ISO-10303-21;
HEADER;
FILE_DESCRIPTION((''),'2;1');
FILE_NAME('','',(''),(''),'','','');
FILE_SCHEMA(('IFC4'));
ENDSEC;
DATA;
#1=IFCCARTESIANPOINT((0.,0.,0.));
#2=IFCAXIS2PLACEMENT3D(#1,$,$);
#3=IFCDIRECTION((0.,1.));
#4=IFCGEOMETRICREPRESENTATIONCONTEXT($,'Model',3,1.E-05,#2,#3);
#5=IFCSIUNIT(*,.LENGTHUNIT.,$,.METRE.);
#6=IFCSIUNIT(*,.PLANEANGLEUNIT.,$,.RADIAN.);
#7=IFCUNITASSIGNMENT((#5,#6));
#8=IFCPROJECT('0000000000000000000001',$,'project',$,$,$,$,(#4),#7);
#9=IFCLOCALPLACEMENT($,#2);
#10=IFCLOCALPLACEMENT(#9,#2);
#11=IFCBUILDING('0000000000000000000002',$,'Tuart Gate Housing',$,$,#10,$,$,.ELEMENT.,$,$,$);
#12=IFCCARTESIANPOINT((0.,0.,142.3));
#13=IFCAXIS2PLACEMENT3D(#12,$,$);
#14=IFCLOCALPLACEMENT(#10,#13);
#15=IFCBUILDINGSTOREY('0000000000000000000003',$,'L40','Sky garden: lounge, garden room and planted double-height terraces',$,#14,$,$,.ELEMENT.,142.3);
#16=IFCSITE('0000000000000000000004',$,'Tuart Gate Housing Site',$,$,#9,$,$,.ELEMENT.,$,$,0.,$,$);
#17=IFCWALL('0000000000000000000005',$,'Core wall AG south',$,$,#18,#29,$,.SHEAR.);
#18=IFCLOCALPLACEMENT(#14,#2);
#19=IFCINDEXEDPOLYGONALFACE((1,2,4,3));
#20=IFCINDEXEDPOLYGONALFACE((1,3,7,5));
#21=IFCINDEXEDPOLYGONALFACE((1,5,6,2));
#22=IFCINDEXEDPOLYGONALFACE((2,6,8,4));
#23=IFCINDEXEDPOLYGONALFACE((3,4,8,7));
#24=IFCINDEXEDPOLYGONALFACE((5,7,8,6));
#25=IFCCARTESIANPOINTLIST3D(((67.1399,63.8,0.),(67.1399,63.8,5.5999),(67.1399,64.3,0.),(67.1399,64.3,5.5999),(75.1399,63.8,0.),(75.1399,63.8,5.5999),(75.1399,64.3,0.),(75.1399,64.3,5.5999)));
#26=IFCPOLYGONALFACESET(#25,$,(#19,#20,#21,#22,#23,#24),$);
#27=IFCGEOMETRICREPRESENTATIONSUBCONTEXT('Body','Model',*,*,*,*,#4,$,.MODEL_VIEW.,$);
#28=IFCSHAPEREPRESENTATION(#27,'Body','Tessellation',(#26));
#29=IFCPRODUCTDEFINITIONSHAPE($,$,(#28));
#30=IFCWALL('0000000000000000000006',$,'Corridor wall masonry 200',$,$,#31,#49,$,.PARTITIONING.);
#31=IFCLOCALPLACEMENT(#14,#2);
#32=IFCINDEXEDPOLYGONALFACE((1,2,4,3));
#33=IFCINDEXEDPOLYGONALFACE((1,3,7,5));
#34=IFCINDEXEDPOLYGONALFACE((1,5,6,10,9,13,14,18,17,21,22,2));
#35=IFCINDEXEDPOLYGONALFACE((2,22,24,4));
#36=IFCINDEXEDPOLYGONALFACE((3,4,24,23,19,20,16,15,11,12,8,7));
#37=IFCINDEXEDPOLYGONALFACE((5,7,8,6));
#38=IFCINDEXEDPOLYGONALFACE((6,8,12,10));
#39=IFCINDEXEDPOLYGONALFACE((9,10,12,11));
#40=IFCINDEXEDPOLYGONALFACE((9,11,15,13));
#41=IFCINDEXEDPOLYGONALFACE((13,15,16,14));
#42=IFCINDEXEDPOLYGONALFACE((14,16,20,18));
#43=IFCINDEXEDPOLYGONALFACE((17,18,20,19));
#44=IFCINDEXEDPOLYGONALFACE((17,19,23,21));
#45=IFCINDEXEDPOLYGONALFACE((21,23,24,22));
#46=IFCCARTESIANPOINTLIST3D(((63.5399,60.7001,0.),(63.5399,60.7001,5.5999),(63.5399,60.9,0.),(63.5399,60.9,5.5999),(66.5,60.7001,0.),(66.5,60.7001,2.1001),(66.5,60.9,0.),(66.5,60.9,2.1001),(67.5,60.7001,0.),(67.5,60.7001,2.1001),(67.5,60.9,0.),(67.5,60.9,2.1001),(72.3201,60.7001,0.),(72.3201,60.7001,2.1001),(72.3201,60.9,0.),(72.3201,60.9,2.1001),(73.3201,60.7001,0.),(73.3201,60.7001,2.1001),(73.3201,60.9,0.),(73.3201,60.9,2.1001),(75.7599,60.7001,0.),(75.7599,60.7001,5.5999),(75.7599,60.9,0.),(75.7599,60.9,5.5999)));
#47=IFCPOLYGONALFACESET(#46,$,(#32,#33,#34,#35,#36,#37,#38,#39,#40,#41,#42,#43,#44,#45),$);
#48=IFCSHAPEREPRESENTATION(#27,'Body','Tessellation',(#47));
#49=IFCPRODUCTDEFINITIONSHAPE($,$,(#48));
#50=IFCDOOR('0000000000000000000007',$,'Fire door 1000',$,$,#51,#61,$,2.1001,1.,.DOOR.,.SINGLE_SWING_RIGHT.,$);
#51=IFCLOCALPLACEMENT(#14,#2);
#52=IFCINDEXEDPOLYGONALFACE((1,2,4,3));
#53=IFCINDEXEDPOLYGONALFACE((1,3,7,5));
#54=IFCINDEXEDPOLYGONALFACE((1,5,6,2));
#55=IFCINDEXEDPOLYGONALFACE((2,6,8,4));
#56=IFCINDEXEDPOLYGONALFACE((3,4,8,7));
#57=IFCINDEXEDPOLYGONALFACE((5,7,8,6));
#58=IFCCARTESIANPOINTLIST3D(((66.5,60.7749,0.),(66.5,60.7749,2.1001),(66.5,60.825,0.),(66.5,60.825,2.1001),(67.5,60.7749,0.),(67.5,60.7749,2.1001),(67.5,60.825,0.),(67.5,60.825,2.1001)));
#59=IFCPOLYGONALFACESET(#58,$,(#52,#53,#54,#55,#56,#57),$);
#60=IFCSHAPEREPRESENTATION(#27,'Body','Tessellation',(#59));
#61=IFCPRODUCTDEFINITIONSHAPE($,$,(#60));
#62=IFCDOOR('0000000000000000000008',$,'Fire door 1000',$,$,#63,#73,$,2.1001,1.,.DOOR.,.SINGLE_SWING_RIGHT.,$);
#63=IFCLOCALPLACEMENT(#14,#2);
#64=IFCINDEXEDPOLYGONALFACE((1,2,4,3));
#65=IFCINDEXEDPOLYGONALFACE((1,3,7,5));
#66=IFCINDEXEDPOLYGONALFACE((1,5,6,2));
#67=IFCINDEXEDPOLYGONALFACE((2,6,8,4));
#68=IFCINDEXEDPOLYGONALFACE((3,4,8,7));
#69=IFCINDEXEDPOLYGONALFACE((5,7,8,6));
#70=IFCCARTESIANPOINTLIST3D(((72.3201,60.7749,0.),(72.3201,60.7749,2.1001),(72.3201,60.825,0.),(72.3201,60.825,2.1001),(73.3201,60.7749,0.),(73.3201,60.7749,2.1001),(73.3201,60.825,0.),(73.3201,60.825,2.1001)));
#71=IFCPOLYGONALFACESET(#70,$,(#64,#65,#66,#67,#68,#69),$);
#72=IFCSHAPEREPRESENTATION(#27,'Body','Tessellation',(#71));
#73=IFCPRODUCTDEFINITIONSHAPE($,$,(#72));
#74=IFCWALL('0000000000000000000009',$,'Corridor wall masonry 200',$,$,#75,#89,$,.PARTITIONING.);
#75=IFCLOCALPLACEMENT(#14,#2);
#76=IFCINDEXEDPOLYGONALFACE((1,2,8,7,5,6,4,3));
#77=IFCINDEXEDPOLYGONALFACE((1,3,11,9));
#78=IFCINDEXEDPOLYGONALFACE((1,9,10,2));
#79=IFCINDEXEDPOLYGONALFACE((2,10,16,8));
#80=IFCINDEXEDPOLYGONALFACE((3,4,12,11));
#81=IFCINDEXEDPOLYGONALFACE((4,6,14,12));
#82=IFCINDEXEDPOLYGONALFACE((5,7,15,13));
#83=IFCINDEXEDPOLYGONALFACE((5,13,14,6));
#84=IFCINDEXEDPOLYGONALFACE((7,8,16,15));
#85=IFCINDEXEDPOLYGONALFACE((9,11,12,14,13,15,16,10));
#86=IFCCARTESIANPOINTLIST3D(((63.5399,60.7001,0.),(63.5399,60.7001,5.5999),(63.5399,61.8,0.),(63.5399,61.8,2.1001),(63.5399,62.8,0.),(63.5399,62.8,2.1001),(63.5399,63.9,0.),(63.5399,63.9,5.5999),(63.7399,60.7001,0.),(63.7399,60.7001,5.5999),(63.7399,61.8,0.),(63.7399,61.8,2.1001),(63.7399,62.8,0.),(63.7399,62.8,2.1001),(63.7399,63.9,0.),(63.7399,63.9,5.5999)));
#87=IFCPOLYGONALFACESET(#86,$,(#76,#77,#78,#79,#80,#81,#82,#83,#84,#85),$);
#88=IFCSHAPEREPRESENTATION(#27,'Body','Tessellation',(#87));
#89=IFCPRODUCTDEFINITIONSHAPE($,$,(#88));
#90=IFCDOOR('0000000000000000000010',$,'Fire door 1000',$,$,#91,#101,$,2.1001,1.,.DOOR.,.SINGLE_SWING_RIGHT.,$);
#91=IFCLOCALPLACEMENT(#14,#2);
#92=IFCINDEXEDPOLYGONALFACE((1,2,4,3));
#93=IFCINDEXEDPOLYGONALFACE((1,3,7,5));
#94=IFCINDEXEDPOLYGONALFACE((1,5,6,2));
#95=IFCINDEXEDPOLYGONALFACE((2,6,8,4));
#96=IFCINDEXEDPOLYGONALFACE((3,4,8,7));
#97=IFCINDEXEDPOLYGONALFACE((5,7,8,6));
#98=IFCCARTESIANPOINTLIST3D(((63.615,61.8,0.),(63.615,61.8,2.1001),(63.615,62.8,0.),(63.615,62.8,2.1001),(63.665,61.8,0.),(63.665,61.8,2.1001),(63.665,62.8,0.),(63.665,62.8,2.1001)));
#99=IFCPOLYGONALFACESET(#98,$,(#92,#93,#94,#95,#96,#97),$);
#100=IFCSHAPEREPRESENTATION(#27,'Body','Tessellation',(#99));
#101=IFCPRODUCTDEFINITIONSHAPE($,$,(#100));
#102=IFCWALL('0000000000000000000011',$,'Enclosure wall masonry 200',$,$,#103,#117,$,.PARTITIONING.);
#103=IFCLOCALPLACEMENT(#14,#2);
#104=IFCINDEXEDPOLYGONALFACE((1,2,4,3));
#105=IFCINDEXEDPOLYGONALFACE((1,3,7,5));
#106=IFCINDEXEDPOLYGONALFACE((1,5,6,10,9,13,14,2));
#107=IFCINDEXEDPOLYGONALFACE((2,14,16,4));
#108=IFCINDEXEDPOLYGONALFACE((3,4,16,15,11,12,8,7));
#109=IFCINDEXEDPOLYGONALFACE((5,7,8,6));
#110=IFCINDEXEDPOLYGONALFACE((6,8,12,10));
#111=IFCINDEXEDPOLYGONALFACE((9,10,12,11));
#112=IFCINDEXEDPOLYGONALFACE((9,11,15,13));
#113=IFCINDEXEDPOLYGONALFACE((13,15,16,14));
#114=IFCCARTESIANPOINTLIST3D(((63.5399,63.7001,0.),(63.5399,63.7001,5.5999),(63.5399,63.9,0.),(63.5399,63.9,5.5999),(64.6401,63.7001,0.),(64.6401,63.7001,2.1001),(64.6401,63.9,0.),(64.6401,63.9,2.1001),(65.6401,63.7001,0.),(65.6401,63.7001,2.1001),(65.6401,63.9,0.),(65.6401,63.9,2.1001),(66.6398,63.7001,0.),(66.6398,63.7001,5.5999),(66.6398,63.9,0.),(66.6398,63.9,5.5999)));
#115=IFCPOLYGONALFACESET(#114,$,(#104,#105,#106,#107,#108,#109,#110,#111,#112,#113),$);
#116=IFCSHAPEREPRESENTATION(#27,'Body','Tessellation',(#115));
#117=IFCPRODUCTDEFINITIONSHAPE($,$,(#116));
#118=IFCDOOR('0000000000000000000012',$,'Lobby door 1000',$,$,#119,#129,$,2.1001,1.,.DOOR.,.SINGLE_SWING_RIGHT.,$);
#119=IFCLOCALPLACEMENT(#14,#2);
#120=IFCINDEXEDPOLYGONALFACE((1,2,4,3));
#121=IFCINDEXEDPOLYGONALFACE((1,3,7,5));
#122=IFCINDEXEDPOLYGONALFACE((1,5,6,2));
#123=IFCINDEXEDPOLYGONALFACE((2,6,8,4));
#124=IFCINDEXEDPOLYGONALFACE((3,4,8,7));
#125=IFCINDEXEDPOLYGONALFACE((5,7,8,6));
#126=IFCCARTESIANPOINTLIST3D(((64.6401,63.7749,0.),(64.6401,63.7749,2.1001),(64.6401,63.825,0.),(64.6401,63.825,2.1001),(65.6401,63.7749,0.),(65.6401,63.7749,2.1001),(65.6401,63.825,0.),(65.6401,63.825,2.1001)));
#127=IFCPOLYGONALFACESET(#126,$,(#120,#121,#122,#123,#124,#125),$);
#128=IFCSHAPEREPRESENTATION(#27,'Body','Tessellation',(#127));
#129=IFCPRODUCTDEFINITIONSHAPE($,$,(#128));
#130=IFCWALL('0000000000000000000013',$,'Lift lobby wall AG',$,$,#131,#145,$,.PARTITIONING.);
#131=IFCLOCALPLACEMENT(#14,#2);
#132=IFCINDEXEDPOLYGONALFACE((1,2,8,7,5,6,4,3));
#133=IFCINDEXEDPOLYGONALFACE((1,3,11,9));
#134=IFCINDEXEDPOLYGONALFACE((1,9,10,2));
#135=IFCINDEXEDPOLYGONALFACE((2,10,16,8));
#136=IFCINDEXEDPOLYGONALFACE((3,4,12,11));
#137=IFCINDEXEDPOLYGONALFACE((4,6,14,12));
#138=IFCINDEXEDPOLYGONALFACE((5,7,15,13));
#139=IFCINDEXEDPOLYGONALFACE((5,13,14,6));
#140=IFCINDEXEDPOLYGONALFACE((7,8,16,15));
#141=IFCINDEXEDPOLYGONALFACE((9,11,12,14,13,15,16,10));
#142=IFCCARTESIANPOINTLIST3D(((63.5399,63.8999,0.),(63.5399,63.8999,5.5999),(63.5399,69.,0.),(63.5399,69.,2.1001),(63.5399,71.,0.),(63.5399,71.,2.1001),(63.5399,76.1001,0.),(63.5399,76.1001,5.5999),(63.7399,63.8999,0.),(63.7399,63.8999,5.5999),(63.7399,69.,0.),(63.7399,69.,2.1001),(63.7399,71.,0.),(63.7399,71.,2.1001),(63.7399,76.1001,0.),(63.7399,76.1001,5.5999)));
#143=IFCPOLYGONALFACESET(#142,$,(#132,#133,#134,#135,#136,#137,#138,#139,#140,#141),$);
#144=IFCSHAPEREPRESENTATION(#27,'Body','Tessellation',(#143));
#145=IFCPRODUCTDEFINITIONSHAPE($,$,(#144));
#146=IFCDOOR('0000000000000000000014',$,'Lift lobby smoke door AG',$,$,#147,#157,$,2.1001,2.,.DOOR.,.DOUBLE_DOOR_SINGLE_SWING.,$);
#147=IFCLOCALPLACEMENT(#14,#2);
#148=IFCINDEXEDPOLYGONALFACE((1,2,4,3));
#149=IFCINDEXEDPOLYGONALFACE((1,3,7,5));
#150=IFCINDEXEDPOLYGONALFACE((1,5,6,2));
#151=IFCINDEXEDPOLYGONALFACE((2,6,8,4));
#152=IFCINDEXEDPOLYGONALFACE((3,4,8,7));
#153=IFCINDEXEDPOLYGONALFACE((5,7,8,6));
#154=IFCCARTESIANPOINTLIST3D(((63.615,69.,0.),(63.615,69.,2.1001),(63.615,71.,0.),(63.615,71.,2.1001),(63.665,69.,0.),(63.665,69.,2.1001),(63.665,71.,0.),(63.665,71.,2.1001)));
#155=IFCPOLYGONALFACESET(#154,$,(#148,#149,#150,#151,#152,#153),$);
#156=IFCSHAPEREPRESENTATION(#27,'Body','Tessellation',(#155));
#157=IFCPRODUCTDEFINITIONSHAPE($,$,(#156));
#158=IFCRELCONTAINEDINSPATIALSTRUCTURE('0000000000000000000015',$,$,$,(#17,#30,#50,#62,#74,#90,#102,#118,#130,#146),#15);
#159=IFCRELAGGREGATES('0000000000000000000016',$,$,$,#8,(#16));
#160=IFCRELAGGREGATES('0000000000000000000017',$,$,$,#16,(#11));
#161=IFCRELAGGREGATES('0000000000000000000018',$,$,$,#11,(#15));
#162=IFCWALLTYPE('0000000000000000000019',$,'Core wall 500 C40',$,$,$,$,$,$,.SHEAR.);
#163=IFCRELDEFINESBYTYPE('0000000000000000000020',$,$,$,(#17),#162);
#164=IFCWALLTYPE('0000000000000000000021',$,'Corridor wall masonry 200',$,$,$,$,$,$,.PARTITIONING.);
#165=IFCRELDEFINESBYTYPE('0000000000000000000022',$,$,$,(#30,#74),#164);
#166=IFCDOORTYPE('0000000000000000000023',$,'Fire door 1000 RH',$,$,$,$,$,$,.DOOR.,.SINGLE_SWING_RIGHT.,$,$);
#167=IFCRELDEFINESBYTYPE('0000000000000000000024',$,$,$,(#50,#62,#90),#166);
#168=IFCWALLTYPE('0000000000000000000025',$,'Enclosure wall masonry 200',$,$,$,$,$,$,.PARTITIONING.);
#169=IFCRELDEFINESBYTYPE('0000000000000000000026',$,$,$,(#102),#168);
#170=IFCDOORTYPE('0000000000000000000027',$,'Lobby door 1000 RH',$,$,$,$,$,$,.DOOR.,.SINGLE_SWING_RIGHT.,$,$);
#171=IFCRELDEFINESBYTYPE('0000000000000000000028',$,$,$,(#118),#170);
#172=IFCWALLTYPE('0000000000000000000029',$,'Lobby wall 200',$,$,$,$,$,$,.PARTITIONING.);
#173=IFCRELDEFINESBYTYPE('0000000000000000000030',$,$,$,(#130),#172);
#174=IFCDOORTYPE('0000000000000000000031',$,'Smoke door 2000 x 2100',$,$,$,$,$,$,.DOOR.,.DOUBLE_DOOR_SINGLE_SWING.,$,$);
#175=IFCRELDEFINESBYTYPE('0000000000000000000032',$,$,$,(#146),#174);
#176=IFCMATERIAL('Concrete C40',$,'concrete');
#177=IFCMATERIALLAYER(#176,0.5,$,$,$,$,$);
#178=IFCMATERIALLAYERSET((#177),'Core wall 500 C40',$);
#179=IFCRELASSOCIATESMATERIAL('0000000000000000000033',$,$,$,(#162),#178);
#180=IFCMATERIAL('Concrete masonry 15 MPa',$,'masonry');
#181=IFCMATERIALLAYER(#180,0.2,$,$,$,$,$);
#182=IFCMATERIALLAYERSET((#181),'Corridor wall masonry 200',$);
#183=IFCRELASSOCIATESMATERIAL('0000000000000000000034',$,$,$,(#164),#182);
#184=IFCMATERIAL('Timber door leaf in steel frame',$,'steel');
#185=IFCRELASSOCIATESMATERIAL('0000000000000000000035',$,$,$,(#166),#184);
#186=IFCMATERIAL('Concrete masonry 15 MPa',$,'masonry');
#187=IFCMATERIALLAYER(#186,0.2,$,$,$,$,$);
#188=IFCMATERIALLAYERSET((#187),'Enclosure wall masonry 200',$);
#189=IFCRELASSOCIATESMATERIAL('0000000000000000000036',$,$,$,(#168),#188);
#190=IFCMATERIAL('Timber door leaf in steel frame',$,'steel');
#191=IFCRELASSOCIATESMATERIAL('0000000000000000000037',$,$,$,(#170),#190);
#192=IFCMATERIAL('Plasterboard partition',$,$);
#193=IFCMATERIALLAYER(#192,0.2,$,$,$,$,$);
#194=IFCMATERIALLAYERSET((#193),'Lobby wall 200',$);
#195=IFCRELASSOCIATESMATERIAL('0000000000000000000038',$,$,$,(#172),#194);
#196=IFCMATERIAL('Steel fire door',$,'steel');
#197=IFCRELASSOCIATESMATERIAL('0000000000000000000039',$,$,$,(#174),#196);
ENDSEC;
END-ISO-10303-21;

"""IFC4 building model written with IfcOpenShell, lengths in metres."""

from ifc_helpers import new_model, si_unit, direction, frame, frame_2d, origin, place, context, subcontext, project, spatial, rectangle, extrude, material, layer, layer_set, type_object, element, fill, save


model = new_model("IFC4")

# Units and contexts
model_context = context("Model", 3, precision=1e-05, world=origin(), true_north=direction((0.0, 1.0)))
body_context = subcontext(model_context, "Body", "Model", "MODEL_VIEW")
ifc_project = project(units=[si_unit("LENGTHUNIT", "METRE"), si_unit("PLANEANGLEUNIT", "RADIAN")], contexts=[model_context])

# Site, building, storey
site_placement = place(None, origin())
site = spatial("IfcSite", under=ifc_project, at=site_placement, Name="Tuart Gate Housing Site", CompositionType="ELEMENT", RefElevation=0.0)
building_placement = place(site_placement, origin())
building = spatial("IfcBuilding", under=site, at=building_placement, Name="Tuart Gate Housing", CompositionType="ELEMENT")
storey_placement = place(building_placement, frame((0.0, 0.0, 142.3)))
storey = spatial("IfcBuildingStorey", under=building, at=storey_placement, Name="L40", Description="Sky garden: lounge, garden room and planted double-height terraces", CompositionType="ELEMENT", Elevation=142.3)

# Shared definitions
ifc_material_1 = material(Name="Concrete C40", Category="concrete")
ifc_layer_1 = layer(ifc_material_1, 0.5)
ifc_layer_set_1 = layer_set([ifc_layer_1], Name="Core wall 500 C40")
wall_type_1 = type_object("IfcWallType", Name="Core wall 500 C40", PredefinedType="SHEAR", material=ifc_layer_set_1)

# Wall
wall_1_placement = place(storey_placement, frame((67.1399, 64.05, 0.0), z_axis=(0.0, 0.0, 1.0), x_axis=(1.0, 0.0, 0.0)))
element("IfcWall", 1, at=wall_1_placement, inside=storey, type_object=wall_type_1, Name="Core wall AG south", PredefinedType="SHEAR", context=body_context, shape_type="SweptSolid", body=[
    extrude(rectangle(XDim=8.0, YDim=0.5, at=frame_2d((4.0, 0.0))), origin(), (0.0, 0.0, 1.0), 5.5999),
])

# Wall, openings, doors
ifc_material_2 = material(Name="Concrete masonry 15 MPa", Category="masonry")
ifc_layer_2 = layer(ifc_material_2, 0.2)
ifc_layer_set_2 = layer_set([ifc_layer_2], Name="Corridor wall masonry 200")
wall_type_2 = type_object("IfcWallType", Name="Corridor wall masonry 200", PredefinedType="PARTITIONING", material=ifc_layer_set_2)
wall_2_placement = place(storey_placement, frame((63.54, 60.8, 0.0), z_axis=(0.0, 0.0, 1.0), x_axis=(1.0, 0.0, 0.0)))
wall_2 = element("IfcWall", 2, at=wall_2_placement, inside=storey, type_object=wall_type_2, Name="Corridor wall masonry 200", PredefinedType="PARTITIONING", context=body_context, shape_type="SweptSolid", body=[
    extrude(rectangle(XDim=12.22, YDim=0.2, at=frame_2d((6.1099, 0.0))), origin(), (0.0, 0.0, 1.0), 5.5999),
])
opening_1_placement = place(wall_2_placement, frame((2.96, 0.0, 0.0)))
opening_1 = element("IfcOpeningElement", 3, at=opening_1_placement, cuts=wall_2, PredefinedType="OPENING", context=body_context, shape_type="SweptSolid", body=[
    extrude(rectangle(XDim=1.0, YDim=2.1001, at=frame_2d((0.5, 1.05))), frame((0.0, 0.1099, 0.0), z_axis=(0.0, -1.0, 0.0), x_axis=(1.0, 0.0, 0.0)), (0.0, 0.0, 1.0), 0.22),
])
opening_2_placement = place(wall_2_placement, frame((8.78, 0.0, 0.0)))
opening_2 = element("IfcOpeningElement", 4, at=opening_2_placement, cuts=wall_2, PredefinedType="OPENING", context=body_context, shape_type="SweptSolid", body=[
    extrude(rectangle(XDim=1.0, YDim=2.1001, at=frame_2d((0.5, 1.05))), frame((0.0, 0.1099, 0.0), z_axis=(0.0, -1.0, 0.0), x_axis=(1.0, 0.0, 0.0)), (0.0, 0.0, 1.0), 0.22),
])
ifc_material_3 = material(Name="Timber door leaf in steel frame", Category="steel")
door_type_1 = type_object("IfcDoorType", Name="Fire door 1000 RH", OperationType="SINGLE_SWING_RIGHT", PredefinedType="DOOR", material=ifc_material_3)
door_1_placement = place(opening_1_placement, frame((1.0, 0.0, 0.0), z_axis=(0.0, 0.0, 1.0), x_axis=(-1.0, 0.0, 0.0)))
door_1 = element("IfcDoor", 5, at=door_1_placement, inside=storey, type_object=door_type_1, Name="Fire door 1000", OperationType="SINGLE_SWING_RIGHT", OverallHeight=2.1001, OverallWidth=1.0, PredefinedType="DOOR", context=body_context, shape_type="SweptSolid", body=[
    extrude(rectangle(XDim=1.0, YDim=2.1001, at=frame_2d((0.5, 1.05))), frame((0.0, 0.0251, 0.0), z_axis=(0.0, -1.0, 0.0), x_axis=(1.0, 0.0, 0.0)), (0.0, 0.0, 1.0), 0.05),
])
fill(opening_1, door_1)
door_2_placement = place(opening_2_placement, frame((1.0, 0.0, 0.0), z_axis=(0.0, 0.0, 1.0), x_axis=(-1.0, 0.0, 0.0)))
door_2 = element("IfcDoor", 6, at=door_2_placement, inside=storey, type_object=door_type_1, Name="Fire door 1000", OperationType="SINGLE_SWING_RIGHT", OverallHeight=2.1001, OverallWidth=1.0, PredefinedType="DOOR", context=body_context, shape_type="SweptSolid", body=[
    extrude(rectangle(XDim=1.0, YDim=2.1001, at=frame_2d((0.5, 1.05))), frame((0.0, 0.0251, 0.0), z_axis=(0.0, -1.0, 0.0), x_axis=(1.0, 0.0, 0.0)), (0.0, 0.0, 1.0), 0.05),
])
fill(opening_2, door_2)

# Walls, openings, doors
wall_3_placement = place(storey_placement, frame((63.6399, 60.7, 0.0), z_axis=(0.0, 0.0, 1.0), x_axis=(0.0, 1.0, 0.0)))
wall_3 = element("IfcWall", 7, at=wall_3_placement, inside=storey, type_object=wall_type_2, Name="Corridor wall masonry 200", PredefinedType="PARTITIONING", context=body_context, shape_type="SweptSolid", body=[
    extrude(rectangle(XDim=3.2, YDim=0.2, at=frame_2d((1.6001, 0.0))), origin(), (0.0, 0.0, 1.0), 5.5999),
])
opening_3_placement = place(wall_3_placement, frame((1.1001, 0.0, 0.0)))
opening_3 = element("IfcOpeningElement", 8, at=opening_3_placement, cuts=wall_3, PredefinedType="OPENING", context=body_context, shape_type="SweptSolid", body=[
    extrude(rectangle(XDim=1.0, YDim=2.1001, at=frame_2d((0.5, 1.05))), frame((0.0, 0.1099, 0.0), z_axis=(0.0, -1.0, 0.0), x_axis=(1.0, 0.0, 0.0)), (0.0, 0.0, 1.0), 0.22),
])
door_3_placement = place(opening_3_placement, origin())
door_3 = element("IfcDoor", 9, at=door_3_placement, inside=storey, type_object=door_type_1, Name="Fire door 1000", OperationType="SINGLE_SWING_RIGHT", OverallHeight=2.1001, OverallWidth=1.0, PredefinedType="DOOR", context=body_context, shape_type="SweptSolid", body=[
    extrude(rectangle(XDim=1.0, YDim=2.1001, at=frame_2d((0.5, 1.05))), frame((0.0, 0.0249, 0.0), z_axis=(0.0, -1.0, 0.0), x_axis=(1.0, 0.0, 0.0)), (0.0, 0.0, 1.0), 0.05),
])
fill(opening_3, door_3)
ifc_material_4 = material(Name="Concrete masonry 15 MPa", Category="masonry")
ifc_layer_3 = layer(ifc_material_4, 0.2)
ifc_layer_set_3 = layer_set([ifc_layer_3], Name="Enclosure wall masonry 200")
wall_type_3 = type_object("IfcWallType", Name="Enclosure wall masonry 200", PredefinedType="PARTITIONING", material=ifc_layer_set_3)
wall_4_placement = place(storey_placement, frame((63.54, 63.8, 0.0), z_axis=(0.0, 0.0, 1.0), x_axis=(1.0, 0.0, 0.0)))
wall_4 = element("IfcWall", 10, at=wall_4_placement, inside=storey, type_object=wall_type_3, Name="Enclosure wall masonry 200", PredefinedType="PARTITIONING", context=body_context, shape_type="SweptSolid", body=[
    extrude(rectangle(XDim=3.0999, YDim=0.2, at=frame_2d((1.5498, 0.0))), origin(), (0.0, 0.0, 1.0), 5.5999),
])
opening_4_placement = place(wall_4_placement, frame((1.1001, 0.0, 0.0)))
opening_4 = element("IfcOpeningElement", 11, at=opening_4_placement, cuts=wall_4, PredefinedType="OPENING", context=body_context, shape_type="SweptSolid", body=[
    extrude(rectangle(XDim=1.0, YDim=2.1001, at=frame_2d((0.5, 1.05))), frame((0.0, 0.1099, 0.0), z_axis=(0.0, -1.0, 0.0), x_axis=(1.0, 0.0, 0.0)), (0.0, 0.0, 1.0), 0.22),
])
ifc_material_5 = material(Name="Timber door leaf in steel frame", Category="steel")
door_type_2 = type_object("IfcDoorType", Name="Lobby door 1000 RH", OperationType="SINGLE_SWING_RIGHT", PredefinedType="DOOR", material=ifc_material_5)
door_4_placement = place(opening_4_placement, frame((1.0, 0.0, 0.0), z_axis=(0.0, 0.0, 1.0), x_axis=(-1.0, 0.0, 0.0)))
door_4 = element("IfcDoor", 12, at=door_4_placement, inside=storey, type_object=door_type_2, Name="Lobby door 1000", OperationType="SINGLE_SWING_RIGHT", OverallHeight=2.1001, OverallWidth=1.0, PredefinedType="DOOR", context=body_context, shape_type="SweptSolid", body=[
    extrude(rectangle(XDim=1.0, YDim=2.1001, at=frame_2d((0.5, 1.05))), frame((0.0, 0.0251, 0.0), z_axis=(0.0, -1.0, 0.0), x_axis=(1.0, 0.0, 0.0)), (0.0, 0.0, 1.0), 0.05),
])
fill(opening_4, door_4)
ifc_material_6 = material(Name="Plasterboard partition")
ifc_layer_4 = layer(ifc_material_6, 0.2)
ifc_layer_set_4 = layer_set([ifc_layer_4], Name="Lobby wall 200")
wall_type_4 = type_object("IfcWallType", Name="Lobby wall 200", PredefinedType="PARTITIONING", material=ifc_layer_set_4)
wall_5_placement = place(storey_placement, frame((63.6399, 63.8999, 0.0), z_axis=(0.0, 0.0, 1.0), x_axis=(0.0, 1.0, 0.0)))
wall_5 = element("IfcWall", 13, at=wall_5_placement, inside=storey, type_object=wall_type_4, Name="Lift lobby wall AG", PredefinedType="PARTITIONING", context=body_context, shape_type="SweptSolid", body=[
    extrude(rectangle(XDim=12.2002, YDim=0.2, at=frame_2d((6.1001, 0.0))), origin(), (0.0, 0.0, 1.0), 5.5999),
])
opening_5_placement = place(wall_5_placement, frame((5.1001, 0.0, 0.0)))
opening_5 = element("IfcOpeningElement", 14, at=opening_5_placement, cuts=wall_5, PredefinedType="OPENING", context=body_context, shape_type="SweptSolid", body=[
    extrude(rectangle(XDim=2.0, YDim=2.1001, at=frame_2d((1.0, 1.05))), frame((0.0, 0.1099, 0.0), z_axis=(0.0, -1.0, 0.0), x_axis=(1.0, 0.0, 0.0)), (0.0, 0.0, 1.0), 0.22),
])
ifc_material_7 = material(Name="Steel fire door", Category="steel")
door_type_3 = type_object("IfcDoorType", Name="Smoke door 2000 x 2100", OperationType="DOUBLE_DOOR_SINGLE_SWING", PredefinedType="DOOR", material=ifc_material_7)
door_5_placement = place(opening_5_placement, frame((2.0, 0.0, 0.0), z_axis=(0.0, 0.0, 1.0), x_axis=(-1.0, 0.0, 0.0)))
door_5 = element("IfcDoor", 15, at=door_5_placement, inside=storey, type_object=door_type_3, Name="Lift lobby smoke door AG", OperationType="DOUBLE_DOOR_SINGLE_SWING", OverallHeight=2.1001, OverallWidth=2.0, PredefinedType="DOOR", context=body_context, shape_type="SweptSolid", body=[
    extrude(rectangle(XDim=2.0, YDim=2.1001, at=frame_2d((1.0, 1.05))), frame((0.0, 0.0251, 0.0), z_axis=(0.0, -1.0, 0.0), x_axis=(1.0, 0.0, 0.0)), (0.0, 0.0, 1.0), 0.05),
])
fill(opening_5, door_5)

save(model, "model.ifc")
